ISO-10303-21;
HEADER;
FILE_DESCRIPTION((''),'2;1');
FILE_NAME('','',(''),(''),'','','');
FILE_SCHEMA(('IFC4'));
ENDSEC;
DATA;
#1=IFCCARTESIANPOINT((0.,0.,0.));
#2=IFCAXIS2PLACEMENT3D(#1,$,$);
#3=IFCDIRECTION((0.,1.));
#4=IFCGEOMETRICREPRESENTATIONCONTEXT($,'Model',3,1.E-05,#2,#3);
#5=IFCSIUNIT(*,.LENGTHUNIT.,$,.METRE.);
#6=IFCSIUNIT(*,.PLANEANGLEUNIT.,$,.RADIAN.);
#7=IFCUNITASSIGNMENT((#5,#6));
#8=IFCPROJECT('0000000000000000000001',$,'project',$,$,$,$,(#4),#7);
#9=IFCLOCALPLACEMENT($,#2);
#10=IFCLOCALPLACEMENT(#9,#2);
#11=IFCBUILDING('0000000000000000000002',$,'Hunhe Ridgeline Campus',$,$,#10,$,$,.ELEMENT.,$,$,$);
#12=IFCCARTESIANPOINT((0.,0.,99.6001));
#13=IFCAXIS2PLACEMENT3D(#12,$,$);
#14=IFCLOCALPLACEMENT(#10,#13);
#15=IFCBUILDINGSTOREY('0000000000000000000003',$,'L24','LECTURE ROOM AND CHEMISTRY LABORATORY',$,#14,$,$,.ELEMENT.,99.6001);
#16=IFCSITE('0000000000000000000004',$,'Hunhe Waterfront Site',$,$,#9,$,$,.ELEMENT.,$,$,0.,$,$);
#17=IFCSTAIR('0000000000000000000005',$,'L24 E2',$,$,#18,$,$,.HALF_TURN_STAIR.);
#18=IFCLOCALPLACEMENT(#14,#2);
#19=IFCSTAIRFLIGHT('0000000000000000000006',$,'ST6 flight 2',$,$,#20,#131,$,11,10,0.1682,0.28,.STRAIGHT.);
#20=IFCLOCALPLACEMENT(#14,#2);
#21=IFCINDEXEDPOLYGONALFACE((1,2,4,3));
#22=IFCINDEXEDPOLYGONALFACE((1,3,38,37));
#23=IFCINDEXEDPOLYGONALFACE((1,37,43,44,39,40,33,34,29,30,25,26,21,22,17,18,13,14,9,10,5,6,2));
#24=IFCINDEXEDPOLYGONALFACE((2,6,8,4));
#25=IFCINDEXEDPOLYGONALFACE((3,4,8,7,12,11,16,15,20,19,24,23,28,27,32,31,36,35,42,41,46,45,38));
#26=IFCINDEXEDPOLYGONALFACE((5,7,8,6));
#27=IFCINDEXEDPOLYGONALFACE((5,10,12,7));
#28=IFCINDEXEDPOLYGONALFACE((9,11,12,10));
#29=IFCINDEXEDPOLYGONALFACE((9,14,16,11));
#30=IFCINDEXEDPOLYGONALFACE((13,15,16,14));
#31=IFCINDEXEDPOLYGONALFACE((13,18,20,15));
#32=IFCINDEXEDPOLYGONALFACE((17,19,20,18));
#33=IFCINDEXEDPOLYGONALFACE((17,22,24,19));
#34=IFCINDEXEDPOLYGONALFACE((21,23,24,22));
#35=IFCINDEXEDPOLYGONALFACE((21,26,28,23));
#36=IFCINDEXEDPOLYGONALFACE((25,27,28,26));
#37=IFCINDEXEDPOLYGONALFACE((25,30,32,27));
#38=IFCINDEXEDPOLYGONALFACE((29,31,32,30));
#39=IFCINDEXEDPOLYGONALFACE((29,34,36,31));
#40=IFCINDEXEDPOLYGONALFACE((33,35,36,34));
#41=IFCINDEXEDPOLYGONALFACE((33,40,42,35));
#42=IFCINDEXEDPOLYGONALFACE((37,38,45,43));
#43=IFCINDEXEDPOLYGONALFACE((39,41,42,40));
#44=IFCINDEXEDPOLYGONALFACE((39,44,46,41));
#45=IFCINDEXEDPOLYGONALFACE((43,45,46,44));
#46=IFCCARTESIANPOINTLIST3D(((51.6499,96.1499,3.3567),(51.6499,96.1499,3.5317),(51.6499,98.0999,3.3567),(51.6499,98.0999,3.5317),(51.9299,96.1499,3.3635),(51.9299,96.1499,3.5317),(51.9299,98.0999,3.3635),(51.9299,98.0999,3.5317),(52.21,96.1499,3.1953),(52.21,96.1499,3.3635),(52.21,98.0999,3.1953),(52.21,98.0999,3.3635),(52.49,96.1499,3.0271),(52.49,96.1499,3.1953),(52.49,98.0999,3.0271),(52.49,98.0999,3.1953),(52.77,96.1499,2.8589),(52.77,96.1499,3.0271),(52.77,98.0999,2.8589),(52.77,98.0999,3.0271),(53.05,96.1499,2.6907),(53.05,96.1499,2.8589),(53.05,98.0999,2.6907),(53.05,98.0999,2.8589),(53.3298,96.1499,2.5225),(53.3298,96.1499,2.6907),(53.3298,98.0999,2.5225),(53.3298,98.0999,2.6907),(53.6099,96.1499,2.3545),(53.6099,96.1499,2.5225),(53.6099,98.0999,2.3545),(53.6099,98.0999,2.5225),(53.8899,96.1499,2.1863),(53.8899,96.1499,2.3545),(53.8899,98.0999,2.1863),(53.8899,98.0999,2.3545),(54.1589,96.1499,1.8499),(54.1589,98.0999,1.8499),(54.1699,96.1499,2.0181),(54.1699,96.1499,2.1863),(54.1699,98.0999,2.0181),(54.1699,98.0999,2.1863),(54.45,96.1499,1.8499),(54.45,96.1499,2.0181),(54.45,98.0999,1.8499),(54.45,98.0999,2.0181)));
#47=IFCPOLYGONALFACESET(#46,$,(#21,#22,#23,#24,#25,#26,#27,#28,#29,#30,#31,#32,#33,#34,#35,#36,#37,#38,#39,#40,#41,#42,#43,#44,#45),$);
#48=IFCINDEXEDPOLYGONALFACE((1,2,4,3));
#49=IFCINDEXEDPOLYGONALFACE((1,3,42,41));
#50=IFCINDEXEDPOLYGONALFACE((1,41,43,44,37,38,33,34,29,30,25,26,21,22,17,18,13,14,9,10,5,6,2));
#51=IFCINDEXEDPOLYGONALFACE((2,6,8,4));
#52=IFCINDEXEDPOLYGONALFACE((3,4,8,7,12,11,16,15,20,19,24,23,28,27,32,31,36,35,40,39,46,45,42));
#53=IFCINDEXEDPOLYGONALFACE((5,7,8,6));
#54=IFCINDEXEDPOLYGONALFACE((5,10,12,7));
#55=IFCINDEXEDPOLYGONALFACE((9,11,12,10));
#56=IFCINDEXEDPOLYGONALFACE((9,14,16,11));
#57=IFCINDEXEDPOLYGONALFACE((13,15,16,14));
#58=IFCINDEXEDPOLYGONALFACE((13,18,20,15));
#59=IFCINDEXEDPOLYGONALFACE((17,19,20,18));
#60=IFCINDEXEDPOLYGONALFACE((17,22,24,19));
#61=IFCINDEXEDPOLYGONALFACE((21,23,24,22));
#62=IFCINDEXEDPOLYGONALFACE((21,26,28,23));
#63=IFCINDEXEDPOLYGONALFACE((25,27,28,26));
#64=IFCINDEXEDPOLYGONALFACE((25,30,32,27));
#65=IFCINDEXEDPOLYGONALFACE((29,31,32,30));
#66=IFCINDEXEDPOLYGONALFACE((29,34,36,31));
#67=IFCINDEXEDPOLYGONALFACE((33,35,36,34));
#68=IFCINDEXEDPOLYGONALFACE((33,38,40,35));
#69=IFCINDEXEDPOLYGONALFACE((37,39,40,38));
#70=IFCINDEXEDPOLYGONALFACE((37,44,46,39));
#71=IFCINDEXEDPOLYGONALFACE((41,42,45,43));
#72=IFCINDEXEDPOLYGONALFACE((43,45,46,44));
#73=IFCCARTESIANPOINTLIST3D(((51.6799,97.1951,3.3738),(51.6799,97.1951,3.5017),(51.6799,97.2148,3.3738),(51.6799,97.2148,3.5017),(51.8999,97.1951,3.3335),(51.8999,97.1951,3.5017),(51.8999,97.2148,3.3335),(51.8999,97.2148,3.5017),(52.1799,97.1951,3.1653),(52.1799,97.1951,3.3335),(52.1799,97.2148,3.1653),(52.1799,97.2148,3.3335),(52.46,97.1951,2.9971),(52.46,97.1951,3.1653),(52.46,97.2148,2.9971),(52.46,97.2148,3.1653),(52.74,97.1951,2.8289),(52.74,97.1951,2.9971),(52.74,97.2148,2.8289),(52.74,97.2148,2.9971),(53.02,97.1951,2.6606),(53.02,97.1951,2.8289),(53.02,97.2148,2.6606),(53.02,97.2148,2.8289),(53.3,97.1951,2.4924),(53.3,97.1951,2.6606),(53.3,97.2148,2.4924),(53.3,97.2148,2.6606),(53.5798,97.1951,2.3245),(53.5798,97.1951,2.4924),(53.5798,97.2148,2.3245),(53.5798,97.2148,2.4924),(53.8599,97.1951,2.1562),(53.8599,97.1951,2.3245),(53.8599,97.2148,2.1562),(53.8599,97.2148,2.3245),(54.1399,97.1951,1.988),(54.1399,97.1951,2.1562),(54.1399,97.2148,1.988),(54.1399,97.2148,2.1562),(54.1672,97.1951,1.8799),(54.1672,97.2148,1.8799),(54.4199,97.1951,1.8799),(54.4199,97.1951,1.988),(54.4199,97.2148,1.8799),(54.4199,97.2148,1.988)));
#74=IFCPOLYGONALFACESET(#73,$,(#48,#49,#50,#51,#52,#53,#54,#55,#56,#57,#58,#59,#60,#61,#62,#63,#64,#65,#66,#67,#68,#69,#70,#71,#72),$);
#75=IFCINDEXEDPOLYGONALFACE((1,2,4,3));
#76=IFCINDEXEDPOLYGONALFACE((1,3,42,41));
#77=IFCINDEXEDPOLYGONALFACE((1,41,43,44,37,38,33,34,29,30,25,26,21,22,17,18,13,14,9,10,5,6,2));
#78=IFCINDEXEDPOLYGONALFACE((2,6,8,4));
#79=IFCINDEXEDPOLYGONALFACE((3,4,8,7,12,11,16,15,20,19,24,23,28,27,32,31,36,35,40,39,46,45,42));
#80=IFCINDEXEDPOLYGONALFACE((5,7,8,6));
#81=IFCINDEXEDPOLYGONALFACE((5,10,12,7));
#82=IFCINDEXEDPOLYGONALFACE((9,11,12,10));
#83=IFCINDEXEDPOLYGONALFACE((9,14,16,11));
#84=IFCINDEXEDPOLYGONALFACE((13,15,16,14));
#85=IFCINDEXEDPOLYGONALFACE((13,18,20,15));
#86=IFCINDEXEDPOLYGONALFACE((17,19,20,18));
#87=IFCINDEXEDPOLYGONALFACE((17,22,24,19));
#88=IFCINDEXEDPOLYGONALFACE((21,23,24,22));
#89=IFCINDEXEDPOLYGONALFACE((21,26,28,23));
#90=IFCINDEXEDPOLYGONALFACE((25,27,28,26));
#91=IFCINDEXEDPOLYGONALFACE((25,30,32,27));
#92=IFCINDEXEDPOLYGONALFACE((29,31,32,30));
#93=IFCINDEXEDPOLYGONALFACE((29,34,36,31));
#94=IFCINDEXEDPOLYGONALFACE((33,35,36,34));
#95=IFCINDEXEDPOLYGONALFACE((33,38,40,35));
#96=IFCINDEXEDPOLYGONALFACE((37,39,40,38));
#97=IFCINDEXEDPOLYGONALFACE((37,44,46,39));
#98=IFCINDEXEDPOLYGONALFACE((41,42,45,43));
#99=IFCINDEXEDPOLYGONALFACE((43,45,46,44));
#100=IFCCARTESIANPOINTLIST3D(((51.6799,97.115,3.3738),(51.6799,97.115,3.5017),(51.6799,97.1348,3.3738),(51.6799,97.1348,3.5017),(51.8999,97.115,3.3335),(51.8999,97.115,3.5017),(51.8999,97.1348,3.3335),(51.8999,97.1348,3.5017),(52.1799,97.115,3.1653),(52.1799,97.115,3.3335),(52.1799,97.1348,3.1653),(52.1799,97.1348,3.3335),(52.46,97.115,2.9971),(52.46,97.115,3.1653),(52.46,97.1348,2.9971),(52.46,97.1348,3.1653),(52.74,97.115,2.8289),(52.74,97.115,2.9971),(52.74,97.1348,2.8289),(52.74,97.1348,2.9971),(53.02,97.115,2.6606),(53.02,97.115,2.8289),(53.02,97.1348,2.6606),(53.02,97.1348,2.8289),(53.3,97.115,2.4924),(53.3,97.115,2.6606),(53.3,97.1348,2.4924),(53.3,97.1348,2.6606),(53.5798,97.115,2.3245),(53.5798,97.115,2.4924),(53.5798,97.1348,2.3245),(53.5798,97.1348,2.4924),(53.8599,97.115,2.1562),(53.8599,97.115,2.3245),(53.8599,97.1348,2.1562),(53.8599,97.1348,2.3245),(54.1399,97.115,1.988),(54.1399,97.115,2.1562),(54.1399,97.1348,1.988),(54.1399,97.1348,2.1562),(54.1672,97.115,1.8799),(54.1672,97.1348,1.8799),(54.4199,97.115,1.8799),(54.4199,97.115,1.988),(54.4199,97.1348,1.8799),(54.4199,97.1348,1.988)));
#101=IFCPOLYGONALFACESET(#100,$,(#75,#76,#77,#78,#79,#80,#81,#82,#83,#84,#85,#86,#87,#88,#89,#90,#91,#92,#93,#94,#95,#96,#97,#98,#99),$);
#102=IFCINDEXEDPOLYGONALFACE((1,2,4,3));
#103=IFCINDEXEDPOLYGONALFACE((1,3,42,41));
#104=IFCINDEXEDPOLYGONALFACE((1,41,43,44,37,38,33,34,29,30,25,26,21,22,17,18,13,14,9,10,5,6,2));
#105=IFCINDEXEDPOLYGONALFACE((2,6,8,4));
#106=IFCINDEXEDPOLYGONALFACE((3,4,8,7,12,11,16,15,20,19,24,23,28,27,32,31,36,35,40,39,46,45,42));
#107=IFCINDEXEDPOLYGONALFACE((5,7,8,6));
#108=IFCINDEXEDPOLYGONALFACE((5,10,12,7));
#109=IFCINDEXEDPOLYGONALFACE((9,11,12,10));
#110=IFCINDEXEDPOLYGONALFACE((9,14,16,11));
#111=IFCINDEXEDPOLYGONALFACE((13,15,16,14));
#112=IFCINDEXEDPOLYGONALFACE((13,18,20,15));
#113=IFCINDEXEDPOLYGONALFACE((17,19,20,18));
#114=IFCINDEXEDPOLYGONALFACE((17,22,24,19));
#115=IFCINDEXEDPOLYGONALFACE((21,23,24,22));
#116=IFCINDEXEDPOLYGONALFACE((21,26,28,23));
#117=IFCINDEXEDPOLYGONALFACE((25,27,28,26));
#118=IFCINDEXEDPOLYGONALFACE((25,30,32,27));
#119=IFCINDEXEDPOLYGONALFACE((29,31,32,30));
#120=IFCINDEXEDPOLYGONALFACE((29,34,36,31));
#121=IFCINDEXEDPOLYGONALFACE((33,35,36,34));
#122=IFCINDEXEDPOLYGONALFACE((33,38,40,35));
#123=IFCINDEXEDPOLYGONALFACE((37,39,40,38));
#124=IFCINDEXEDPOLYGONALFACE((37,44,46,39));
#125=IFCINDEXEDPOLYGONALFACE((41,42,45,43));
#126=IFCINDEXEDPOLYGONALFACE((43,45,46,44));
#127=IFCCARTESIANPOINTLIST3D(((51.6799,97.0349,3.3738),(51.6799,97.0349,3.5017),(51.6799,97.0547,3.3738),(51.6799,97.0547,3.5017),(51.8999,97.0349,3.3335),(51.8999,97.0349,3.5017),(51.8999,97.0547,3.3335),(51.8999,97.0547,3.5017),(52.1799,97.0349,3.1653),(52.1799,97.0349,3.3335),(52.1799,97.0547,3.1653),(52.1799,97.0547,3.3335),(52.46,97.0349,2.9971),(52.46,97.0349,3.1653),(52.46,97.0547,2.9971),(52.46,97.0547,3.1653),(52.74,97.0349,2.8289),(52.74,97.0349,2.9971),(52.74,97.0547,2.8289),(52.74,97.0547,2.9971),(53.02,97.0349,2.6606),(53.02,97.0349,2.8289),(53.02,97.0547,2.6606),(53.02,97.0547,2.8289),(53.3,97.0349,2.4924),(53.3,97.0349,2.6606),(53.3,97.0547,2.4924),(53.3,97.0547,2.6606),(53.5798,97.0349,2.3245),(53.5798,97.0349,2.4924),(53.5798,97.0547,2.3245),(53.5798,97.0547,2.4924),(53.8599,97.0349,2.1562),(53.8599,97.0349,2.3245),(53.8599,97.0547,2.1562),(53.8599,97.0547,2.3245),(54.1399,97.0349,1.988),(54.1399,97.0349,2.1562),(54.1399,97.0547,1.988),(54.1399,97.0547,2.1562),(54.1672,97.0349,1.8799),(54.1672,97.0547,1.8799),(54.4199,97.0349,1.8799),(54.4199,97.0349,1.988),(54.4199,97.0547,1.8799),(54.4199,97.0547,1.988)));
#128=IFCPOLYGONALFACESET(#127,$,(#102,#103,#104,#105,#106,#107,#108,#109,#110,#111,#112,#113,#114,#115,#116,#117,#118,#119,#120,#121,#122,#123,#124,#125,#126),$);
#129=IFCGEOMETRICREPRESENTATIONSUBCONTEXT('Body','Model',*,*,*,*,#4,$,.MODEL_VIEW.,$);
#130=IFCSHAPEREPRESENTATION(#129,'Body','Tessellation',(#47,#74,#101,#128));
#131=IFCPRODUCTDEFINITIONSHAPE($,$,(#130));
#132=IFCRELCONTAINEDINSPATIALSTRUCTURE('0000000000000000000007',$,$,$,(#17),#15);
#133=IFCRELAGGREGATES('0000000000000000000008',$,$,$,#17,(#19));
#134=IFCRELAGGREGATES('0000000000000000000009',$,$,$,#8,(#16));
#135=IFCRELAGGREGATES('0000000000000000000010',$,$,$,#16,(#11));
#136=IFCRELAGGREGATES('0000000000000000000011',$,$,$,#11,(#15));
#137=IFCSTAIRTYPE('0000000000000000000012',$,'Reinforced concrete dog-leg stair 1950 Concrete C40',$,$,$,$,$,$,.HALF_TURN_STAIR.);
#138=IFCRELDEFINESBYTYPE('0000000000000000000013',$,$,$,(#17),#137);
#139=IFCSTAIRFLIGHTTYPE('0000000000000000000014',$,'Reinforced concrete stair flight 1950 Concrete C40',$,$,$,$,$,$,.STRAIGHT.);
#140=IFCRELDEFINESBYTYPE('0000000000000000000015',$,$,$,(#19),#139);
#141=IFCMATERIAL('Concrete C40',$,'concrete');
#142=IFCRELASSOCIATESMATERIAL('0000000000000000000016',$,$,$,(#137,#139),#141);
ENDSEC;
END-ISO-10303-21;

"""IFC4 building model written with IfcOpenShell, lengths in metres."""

from ifc_helpers import new_model, si_unit, direction, frame, origin, place, context, subcontext, project, spatial, polyline, outline, extrude, material, type_object, element, aggregate, save


model = new_model("IFC4")

# Units and contexts
model_context = context("Model", 3, precision=1e-05, world=origin(), true_north=direction((0.0, 1.0)))
body_context = subcontext(model_context, "Body", "Model", "MODEL_VIEW")
ifc_project = project(units=[si_unit("LENGTHUNIT", "METRE"), si_unit("PLANEANGLEUNIT", "RADIAN")], contexts=[model_context])

# Site, building, storey
site_placement = place(None, origin())
site = spatial("IfcSite", under=ifc_project, at=site_placement, Name="Hunhe Waterfront Site", CompositionType="ELEMENT", RefElevation=0.0)
building_placement = place(site_placement, origin())
building = spatial("IfcBuilding", under=site, at=building_placement, Name="Hunhe Ridgeline Campus", CompositionType="ELEMENT")
storey_placement = place(building_placement, frame((0.0, 0.0, 99.6001)))
storey = spatial("IfcBuildingStorey", under=building, at=storey_placement, Name="L24", Description="LECTURE ROOM AND CHEMISTRY LABORATORY", CompositionType="ELEMENT", Elevation=99.6001)

# Stair, stair flight
ifc_material_1 = material(Name="Concrete C40", Category="concrete")
stair_type = type_object("IfcStairType", Name="Reinforced concrete dog-leg stair 1950 Concrete C40", PredefinedType="HALF_TURN_STAIR", material=ifc_material_1)
stair_1_placement = place(storey_placement, origin())
stair_1 = element("IfcStair", 1, at=stair_1_placement, inside=storey, type_object=stair_type, Name="L24 E2", PredefinedType="HALF_TURN_STAIR")
stair_flight_type = type_object("IfcStairFlightType", Name="Reinforced concrete stair flight 1950 Concrete C40", PredefinedType="STRAIGHT", material=ifc_material_1)
stair_flight_1_placement = place(storey_placement, frame((54.45, 97.125, 1.8499), z_axis=(0.0, 0.0, 1.0), x_axis=(-1.0, 0.0, 0.0)))
stair_flight_1 = element("IfcStairFlight", 2, at=stair_flight_1_placement, type_object=stair_flight_type, Name="ST6 flight 2", NumberOfRisers=11, NumberOfTreads=10, PredefinedType="STRAIGHT", RiserHeight=0.1682, TreadLength=0.28, context=body_context, shape_type="SweptSolid", body=[
    extrude(outline(polyline([(0.0, 0.0), (0.0, 0.1682), (0.28, 0.1682), (0.28, 0.3364), (0.5601, 0.3364), (0.5601, 0.5046), (0.8401, 0.5046), (0.8401, 0.6726), (1.1201, 0.6726), (1.1201, 0.8408), (1.3999, 0.8408), (1.3999, 1.009), (1.6799, 1.009), (1.6799, 1.1772), (1.96, 1.1772), (1.96, 1.3455), (2.24, 1.3455), (2.24, 1.5137), (2.52, 1.5137), (2.52, 1.6819), (2.8, 1.6819), (2.8, 1.8501), (2.8, 1.5068), (0.291, 0.0), (0.0, 0.0)])), frame((0.0, 0.9751, 0.0), z_axis=(0.0, -1.0, 0.0), x_axis=(1.0, 0.0, 0.0)), (0.0, 0.0, 1.0), 1.95),
    extrude(outline(polyline([(0.03, 0.03), (0.03, 0.1382), (0.3101, 0.1382), (0.3101, 0.3064), (0.5901, 0.3064), (0.5901, 0.4746), (0.8701, 0.4746), (0.8701, 0.6426), (1.1499, 0.6426), (1.1499, 0.8108), (1.4299, 0.8108), (1.4299, 0.979), (1.71, 0.979), (1.71, 1.1472), (1.99, 1.1472), (1.99, 1.3154), (2.27, 1.3154), (2.27, 1.4836), (2.55, 1.4836), (2.55, 1.6519), (2.77, 1.6519), (2.77, 1.5239), (0.2827, 0.03), (0.03, 0.03)])), frame((0.0, -0.0701, 0.0), z_axis=(0.0, -1.0, 0.0), x_axis=(1.0, 0.0, 0.0)), (0.0, 0.0, 1.0), 0.0198),
    extrude(outline(polyline([(0.03, 0.03), (0.03, 0.1382), (0.3101, 0.1382), (0.3101, 0.3064), (0.5901, 0.3064), (0.5901, 0.4746), (0.8701, 0.4746), (0.8701, 0.6426), (1.1499, 0.6426), (1.1499, 0.8108), (1.4299, 0.8108), (1.4299, 0.979), (1.71, 0.979), (1.71, 1.1472), (1.99, 1.1472), (1.99, 1.3154), (2.27, 1.3154), (2.27, 1.4836), (2.55, 1.4836), (2.55, 1.6519), (2.77, 1.6519), (2.77, 1.5239), (0.2827, 0.03), (0.03, 0.03)])), frame((0.0, 0.01, 0.0), z_axis=(0.0, -1.0, 0.0), x_axis=(1.0, 0.0, 0.0)), (0.0, 0.0, 1.0), 0.0198),
    extrude(outline(polyline([(0.03, 0.03), (0.03, 0.1382), (0.3101, 0.1382), (0.3101, 0.3064), (0.5901, 0.3064), (0.5901, 0.4746), (0.8701, 0.4746), (0.8701, 0.6426), (1.1499, 0.6426), (1.1499, 0.8108), (1.4299, 0.8108), (1.4299, 0.979), (1.71, 0.979), (1.71, 1.1472), (1.99, 1.1472), (1.99, 1.3154), (2.27, 1.3154), (2.27, 1.4836), (2.55, 1.4836), (2.55, 1.6519), (2.77, 1.6519), (2.77, 1.5239), (0.2827, 0.03), (0.03, 0.03)])), frame((0.0, 0.0901, 0.0), z_axis=(0.0, -1.0, 0.0), x_axis=(1.0, 0.0, 0.0)), (0.0, 0.0, 1.0), 0.0198),
])
aggregate(stair_1, [stair_flight_1])

save(model, "model.ifc")
